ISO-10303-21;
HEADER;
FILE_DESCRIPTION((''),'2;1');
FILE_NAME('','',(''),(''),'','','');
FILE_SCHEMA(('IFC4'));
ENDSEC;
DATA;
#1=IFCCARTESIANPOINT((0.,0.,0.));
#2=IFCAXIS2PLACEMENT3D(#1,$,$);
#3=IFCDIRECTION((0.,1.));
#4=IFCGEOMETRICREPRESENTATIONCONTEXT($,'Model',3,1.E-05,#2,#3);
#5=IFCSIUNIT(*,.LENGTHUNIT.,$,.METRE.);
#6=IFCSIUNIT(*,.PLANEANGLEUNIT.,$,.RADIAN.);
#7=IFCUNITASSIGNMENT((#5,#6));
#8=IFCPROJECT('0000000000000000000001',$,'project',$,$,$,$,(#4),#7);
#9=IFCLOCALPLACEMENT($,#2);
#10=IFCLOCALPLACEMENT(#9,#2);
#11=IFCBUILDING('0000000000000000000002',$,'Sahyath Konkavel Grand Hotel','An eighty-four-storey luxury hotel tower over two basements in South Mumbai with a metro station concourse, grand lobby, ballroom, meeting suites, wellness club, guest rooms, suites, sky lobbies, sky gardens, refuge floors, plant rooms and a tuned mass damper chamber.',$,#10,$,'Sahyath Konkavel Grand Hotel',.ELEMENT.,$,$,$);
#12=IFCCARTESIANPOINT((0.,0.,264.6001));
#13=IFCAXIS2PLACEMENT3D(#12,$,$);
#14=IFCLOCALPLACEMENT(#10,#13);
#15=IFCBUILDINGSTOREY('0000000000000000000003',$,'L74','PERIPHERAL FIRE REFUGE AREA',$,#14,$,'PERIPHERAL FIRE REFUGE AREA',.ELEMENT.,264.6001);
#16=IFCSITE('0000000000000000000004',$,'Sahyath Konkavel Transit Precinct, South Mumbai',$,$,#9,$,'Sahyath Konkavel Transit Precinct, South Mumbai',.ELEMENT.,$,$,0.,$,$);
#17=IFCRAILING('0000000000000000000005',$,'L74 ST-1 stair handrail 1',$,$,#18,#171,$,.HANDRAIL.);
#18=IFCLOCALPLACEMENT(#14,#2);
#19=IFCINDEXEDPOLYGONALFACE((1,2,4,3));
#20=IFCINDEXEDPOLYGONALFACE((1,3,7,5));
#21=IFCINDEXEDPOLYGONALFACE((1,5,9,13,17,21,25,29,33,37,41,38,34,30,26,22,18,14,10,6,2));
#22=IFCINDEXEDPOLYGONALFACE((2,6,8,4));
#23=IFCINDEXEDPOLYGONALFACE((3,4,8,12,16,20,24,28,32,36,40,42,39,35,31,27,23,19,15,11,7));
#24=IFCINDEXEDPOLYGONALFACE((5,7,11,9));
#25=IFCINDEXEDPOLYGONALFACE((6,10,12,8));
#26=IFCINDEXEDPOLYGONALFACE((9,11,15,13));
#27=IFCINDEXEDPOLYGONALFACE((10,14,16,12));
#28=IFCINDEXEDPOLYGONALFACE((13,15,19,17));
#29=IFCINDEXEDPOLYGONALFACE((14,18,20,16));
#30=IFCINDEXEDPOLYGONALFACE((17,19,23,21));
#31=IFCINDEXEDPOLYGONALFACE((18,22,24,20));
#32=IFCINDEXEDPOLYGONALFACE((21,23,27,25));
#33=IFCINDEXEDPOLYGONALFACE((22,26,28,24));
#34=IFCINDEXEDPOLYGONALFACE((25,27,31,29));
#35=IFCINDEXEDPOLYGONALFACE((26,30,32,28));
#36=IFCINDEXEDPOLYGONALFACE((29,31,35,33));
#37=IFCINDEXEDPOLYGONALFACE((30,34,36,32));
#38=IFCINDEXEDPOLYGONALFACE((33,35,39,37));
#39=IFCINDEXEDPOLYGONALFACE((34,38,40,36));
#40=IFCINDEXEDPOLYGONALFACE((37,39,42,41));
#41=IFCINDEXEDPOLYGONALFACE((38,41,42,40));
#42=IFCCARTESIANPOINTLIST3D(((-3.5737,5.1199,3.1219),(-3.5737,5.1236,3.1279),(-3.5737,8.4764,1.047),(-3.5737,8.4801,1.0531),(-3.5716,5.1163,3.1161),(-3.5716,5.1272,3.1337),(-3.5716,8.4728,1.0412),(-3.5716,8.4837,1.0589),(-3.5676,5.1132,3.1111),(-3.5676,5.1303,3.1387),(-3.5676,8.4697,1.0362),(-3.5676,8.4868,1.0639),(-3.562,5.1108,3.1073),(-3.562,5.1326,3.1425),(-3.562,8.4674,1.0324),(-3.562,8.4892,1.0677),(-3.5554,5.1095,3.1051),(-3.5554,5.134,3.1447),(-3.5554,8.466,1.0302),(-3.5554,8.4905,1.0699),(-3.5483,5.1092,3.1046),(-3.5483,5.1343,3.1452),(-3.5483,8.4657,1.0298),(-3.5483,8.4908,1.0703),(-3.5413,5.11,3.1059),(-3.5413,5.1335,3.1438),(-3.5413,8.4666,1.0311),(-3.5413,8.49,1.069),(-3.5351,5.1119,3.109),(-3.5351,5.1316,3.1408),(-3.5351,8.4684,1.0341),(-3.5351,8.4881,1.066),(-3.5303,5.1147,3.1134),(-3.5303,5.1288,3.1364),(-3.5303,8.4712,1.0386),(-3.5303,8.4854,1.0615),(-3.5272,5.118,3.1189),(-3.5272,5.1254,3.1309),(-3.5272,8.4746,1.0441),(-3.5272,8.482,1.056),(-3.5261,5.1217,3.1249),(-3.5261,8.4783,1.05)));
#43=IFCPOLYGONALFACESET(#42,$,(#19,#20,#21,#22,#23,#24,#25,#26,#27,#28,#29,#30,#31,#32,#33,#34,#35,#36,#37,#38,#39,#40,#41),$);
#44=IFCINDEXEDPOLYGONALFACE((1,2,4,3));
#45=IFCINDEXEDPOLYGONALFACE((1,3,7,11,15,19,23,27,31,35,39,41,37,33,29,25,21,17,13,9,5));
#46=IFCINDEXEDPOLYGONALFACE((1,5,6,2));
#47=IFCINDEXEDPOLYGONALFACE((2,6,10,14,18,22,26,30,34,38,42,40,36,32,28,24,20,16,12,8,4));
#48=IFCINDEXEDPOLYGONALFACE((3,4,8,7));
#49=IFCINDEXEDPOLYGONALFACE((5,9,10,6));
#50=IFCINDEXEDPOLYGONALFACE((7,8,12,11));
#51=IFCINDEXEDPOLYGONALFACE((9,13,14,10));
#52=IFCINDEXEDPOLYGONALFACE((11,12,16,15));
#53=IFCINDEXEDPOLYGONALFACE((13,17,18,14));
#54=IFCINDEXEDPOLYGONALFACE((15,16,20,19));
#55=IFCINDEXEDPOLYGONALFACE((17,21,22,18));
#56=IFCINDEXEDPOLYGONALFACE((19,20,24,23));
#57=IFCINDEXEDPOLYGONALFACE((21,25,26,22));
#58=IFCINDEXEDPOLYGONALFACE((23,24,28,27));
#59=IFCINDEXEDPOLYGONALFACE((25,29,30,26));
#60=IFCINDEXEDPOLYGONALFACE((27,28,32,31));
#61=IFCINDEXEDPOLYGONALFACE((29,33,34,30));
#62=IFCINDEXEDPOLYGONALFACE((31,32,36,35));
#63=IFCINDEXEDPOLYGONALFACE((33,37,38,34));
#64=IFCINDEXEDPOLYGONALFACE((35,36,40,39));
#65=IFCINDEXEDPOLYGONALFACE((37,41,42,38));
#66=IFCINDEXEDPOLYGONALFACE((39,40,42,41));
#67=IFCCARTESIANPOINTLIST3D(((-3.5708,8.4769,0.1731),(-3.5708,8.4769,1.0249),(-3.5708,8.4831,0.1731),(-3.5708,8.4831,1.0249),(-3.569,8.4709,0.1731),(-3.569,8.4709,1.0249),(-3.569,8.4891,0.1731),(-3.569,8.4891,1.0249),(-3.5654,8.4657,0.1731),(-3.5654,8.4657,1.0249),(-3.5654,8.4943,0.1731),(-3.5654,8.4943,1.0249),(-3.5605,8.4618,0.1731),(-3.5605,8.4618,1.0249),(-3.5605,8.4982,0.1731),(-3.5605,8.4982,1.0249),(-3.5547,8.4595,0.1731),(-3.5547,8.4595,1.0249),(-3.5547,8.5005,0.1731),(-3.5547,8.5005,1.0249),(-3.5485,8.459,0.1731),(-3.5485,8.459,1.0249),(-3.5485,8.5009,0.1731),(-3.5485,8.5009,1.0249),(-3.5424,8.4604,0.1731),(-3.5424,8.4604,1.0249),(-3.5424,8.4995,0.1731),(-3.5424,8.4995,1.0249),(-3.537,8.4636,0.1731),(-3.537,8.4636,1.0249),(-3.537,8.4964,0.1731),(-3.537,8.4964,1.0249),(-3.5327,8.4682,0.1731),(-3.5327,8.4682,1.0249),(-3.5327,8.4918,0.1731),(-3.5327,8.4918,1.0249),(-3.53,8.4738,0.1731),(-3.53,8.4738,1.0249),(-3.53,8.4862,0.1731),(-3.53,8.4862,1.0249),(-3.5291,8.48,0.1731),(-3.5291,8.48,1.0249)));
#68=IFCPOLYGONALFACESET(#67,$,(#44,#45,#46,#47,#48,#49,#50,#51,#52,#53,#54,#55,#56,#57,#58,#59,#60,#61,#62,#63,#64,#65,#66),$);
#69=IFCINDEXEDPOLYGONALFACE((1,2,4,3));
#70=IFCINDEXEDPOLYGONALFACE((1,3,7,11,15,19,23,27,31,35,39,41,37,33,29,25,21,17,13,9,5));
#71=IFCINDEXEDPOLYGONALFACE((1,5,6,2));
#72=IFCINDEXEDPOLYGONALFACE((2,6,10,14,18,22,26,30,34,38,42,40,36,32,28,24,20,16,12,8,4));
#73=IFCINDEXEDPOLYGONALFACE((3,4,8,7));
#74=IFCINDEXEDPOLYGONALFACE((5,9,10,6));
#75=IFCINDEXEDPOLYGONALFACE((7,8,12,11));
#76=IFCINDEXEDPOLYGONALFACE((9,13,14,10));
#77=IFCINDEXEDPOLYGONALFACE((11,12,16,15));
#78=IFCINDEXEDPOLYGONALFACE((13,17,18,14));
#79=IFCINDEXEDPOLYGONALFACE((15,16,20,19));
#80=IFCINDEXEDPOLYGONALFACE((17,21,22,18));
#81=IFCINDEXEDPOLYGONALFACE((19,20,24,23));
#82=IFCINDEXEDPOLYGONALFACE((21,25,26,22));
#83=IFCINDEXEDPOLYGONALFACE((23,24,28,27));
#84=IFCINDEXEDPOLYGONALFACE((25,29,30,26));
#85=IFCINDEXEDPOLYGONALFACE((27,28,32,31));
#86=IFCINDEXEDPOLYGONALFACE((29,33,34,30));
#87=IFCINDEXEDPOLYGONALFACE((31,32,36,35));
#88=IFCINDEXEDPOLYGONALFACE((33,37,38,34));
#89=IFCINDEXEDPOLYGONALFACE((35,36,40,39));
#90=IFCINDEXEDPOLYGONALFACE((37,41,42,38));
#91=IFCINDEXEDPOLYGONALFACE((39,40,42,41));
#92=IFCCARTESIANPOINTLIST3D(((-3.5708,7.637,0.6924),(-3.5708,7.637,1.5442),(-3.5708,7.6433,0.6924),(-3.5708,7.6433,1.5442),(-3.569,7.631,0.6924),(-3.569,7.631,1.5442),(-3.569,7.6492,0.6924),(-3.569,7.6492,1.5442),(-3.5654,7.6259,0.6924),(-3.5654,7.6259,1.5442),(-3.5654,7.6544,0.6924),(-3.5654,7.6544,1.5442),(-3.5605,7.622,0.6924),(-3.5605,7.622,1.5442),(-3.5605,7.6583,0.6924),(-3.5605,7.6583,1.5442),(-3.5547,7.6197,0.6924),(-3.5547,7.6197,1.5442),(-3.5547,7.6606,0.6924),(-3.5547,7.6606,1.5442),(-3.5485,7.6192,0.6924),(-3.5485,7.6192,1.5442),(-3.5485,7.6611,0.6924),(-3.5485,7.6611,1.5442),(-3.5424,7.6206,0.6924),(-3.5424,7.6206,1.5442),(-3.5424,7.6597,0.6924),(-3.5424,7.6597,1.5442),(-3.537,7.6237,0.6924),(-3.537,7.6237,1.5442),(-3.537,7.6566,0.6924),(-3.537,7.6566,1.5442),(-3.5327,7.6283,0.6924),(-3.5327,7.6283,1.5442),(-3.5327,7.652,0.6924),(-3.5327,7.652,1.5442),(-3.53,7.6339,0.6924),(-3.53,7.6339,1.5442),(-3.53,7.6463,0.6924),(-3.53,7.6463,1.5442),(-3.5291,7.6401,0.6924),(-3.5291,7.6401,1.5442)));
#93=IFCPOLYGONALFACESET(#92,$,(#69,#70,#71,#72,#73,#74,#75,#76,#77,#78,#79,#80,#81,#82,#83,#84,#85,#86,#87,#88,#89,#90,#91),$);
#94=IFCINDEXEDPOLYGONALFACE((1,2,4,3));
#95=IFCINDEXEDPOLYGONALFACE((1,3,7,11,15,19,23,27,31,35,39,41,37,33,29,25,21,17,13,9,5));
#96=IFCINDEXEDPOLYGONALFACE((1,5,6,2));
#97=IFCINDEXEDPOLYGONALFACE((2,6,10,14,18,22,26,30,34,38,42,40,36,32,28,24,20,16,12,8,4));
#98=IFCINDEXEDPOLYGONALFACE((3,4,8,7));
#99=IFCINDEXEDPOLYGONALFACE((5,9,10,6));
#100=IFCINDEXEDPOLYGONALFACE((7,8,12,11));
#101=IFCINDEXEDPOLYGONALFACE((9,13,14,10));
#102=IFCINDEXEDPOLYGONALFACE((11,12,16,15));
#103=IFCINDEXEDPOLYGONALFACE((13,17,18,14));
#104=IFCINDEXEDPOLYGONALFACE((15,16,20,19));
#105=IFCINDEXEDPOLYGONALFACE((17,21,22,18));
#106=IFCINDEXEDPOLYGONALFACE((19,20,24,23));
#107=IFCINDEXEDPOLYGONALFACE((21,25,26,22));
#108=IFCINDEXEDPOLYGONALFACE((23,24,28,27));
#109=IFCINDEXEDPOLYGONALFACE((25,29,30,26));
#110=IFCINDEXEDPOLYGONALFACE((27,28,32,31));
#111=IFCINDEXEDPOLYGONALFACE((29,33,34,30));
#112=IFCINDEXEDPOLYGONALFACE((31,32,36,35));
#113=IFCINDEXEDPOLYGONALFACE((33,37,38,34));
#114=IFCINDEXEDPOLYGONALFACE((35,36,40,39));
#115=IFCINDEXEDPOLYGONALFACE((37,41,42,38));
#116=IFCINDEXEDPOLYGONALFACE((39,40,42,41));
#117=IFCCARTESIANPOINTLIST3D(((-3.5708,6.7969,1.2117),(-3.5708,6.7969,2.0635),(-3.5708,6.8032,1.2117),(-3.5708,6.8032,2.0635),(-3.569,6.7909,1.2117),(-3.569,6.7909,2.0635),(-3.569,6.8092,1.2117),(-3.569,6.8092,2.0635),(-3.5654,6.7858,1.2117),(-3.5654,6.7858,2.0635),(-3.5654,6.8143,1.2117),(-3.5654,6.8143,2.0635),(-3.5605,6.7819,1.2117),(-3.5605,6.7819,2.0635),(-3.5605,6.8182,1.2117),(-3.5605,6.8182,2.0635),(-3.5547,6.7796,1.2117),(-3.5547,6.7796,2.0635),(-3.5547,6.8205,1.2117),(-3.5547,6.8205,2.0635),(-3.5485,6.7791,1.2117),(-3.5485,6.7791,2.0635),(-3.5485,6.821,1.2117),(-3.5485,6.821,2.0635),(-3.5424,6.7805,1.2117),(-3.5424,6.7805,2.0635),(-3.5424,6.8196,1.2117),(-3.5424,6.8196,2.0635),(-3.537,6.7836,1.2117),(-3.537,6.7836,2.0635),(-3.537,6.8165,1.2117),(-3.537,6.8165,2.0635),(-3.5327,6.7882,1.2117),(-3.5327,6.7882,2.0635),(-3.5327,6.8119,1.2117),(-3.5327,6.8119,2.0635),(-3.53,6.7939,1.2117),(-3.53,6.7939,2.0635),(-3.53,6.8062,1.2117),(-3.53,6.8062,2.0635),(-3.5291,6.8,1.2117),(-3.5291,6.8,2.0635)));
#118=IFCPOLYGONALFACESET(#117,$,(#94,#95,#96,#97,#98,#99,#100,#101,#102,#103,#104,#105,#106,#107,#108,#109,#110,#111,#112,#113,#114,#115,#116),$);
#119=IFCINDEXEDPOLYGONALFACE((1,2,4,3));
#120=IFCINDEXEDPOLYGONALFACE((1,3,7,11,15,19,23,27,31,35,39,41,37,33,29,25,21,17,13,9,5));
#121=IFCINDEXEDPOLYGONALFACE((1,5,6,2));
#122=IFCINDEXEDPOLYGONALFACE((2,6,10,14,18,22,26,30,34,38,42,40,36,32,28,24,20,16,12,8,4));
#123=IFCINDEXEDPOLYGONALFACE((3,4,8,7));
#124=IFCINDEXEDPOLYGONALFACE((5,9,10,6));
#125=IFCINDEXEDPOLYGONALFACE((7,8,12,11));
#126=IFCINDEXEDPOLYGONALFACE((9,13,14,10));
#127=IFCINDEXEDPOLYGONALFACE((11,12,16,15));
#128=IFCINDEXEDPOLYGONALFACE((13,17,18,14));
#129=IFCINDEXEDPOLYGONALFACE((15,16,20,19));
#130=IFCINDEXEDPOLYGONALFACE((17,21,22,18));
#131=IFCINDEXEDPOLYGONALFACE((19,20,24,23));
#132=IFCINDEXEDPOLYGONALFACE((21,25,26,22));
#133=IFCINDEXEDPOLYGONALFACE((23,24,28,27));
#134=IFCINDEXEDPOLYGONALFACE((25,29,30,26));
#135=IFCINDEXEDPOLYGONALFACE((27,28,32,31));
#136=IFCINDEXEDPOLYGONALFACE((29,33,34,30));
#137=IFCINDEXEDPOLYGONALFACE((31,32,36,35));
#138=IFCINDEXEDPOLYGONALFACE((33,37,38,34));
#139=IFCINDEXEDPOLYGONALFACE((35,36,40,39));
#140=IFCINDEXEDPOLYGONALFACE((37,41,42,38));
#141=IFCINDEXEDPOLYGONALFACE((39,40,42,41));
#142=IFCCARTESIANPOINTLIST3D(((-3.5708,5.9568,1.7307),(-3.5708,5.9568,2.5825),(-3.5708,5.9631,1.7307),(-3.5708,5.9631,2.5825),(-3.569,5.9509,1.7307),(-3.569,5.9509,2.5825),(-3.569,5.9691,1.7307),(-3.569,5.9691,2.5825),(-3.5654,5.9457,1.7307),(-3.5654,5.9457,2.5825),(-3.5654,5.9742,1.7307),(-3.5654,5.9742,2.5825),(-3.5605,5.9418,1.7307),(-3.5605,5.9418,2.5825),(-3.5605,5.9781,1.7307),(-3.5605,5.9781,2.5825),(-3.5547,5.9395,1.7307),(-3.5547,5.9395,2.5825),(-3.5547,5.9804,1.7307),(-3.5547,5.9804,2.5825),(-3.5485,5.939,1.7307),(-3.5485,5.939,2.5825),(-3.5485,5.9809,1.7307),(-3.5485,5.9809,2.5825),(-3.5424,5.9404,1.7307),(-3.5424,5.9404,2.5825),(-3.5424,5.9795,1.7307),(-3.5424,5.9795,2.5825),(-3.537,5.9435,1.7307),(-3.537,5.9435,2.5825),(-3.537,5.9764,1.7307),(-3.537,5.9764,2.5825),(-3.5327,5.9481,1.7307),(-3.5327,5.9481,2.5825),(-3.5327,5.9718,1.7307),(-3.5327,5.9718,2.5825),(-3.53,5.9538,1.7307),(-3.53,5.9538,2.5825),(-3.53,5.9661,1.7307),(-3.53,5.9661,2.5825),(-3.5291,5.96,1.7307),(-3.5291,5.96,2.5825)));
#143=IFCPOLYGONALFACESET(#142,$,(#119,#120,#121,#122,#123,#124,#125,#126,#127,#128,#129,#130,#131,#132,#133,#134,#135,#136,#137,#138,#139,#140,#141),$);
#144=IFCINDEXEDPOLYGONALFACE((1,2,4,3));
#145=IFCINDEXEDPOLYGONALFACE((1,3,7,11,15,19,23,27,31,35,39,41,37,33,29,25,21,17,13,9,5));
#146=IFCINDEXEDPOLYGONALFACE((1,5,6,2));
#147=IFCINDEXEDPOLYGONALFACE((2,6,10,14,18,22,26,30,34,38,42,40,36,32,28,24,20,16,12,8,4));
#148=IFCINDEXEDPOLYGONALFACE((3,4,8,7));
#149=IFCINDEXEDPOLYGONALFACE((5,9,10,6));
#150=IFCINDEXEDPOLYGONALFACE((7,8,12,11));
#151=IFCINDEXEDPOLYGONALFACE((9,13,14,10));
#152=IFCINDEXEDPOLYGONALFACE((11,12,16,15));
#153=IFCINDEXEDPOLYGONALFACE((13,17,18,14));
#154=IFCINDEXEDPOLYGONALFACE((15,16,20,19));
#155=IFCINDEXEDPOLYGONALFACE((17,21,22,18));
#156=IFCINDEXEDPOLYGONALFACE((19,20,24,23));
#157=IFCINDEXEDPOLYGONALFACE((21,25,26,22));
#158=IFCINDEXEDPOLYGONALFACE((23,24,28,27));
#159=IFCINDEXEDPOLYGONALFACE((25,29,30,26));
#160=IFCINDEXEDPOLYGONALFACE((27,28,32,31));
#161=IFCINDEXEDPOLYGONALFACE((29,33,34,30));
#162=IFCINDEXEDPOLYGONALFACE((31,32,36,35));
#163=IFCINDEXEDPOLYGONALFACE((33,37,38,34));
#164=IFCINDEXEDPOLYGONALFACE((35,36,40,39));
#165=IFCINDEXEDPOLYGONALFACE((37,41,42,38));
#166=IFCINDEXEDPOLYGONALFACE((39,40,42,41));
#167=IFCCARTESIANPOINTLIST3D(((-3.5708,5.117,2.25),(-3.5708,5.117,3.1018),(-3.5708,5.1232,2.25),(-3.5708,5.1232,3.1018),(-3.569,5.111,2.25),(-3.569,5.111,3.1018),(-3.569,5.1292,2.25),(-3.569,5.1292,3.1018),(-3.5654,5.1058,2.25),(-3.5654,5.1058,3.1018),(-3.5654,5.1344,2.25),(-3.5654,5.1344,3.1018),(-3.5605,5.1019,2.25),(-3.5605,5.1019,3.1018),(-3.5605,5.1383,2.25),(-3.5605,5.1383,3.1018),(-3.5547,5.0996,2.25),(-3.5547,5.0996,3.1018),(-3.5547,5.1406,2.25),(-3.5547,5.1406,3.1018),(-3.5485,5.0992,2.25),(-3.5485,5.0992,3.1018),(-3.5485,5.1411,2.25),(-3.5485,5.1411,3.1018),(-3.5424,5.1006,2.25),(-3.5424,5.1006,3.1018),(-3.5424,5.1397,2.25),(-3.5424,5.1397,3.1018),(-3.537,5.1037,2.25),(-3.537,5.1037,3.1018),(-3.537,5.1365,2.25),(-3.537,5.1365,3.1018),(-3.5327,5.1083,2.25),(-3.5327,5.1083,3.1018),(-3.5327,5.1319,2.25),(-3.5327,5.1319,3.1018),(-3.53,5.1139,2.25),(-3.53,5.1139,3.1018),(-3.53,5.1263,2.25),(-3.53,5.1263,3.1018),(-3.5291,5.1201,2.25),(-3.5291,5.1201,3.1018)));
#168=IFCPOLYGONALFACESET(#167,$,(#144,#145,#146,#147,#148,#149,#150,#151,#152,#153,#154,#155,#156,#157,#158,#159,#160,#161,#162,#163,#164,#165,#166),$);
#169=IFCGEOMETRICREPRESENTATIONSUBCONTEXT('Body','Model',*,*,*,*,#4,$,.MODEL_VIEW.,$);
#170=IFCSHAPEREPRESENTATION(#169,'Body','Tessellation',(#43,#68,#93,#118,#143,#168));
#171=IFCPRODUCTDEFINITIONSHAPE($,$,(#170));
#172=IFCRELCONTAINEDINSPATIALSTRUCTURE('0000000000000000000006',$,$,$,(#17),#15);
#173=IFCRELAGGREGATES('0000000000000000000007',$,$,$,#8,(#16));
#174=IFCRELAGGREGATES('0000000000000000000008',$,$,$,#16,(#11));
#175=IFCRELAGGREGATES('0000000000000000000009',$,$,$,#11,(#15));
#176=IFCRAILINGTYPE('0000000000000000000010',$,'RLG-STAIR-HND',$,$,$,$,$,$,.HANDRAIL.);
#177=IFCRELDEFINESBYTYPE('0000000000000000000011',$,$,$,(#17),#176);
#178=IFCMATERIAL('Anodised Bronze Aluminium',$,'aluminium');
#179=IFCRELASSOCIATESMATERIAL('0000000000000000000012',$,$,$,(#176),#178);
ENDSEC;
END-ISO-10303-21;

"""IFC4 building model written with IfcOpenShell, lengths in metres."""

from ifc_helpers import new_model, si_unit, direction, frame, origin, origin_2d, place, context, subcontext, project, spatial, circle, extrude, material, type_object, element, save


model = new_model("IFC4")

# Units and contexts
model_context = context("Model", 3, precision=1e-05, world=origin(), true_north=direction((0.0, 1.0)))
body_context = subcontext(model_context, "Body", "Model", "MODEL_VIEW")
ifc_project = project(units=[si_unit("LENGTHUNIT", "METRE"), si_unit("PLANEANGLEUNIT", "RADIAN")], contexts=[model_context])

# Site, building, storey
site_placement = place(None, origin())
site = spatial("IfcSite", under=ifc_project, at=site_placement, Name="Sahyath Konkavel Transit Precinct, South Mumbai", LongName="Sahyath Konkavel Transit Precinct, South Mumbai", CompositionType="ELEMENT", RefElevation=0.0)
building_placement = place(site_placement, origin())
building = spatial("IfcBuilding", under=site, at=building_placement, Name="Sahyath Konkavel Grand Hotel", Description="An eighty-four-storey luxury hotel tower over two basements in South Mumbai with a metro station concourse, grand lobby, ballroom, meeting suites, wellness club, guest rooms, suites, sky lobbies, sky gardens, refuge floors, plant rooms and a tuned mass damper chamber.", LongName="Sahyath Konkavel Grand Hotel", CompositionType="ELEMENT")
storey_placement = place(building_placement, frame((0.0, 0.0, 264.6001)))
storey = spatial("IfcBuildingStorey", under=building, at=storey_placement, Name="L74", Description="PERIPHERAL FIRE REFUGE AREA", LongName="PERIPHERAL FIRE REFUGE AREA", CompositionType="ELEMENT", Elevation=264.6001)

# Railing
ifc_material_1 = material(Name="Anodised Bronze Aluminium", Category="aluminium")
railing_type_1 = type_object("IfcRailingType", Name="RLG-STAIR-HND", PredefinedType="HANDRAIL", material=ifc_material_1)
railing_1_placement = place(storey_placement, frame((-3.55, 8.48, 0.1731)))
element("IfcRailing", 1, at=railing_1_placement, inside=storey, type_object=railing_type_1, Name="L74 ST-1 stair handrail 1", PredefinedType="HANDRAIL", context=body_context, shape_type="SweptSolid", body=[
    extrude(circle(Radius=0.0239, at=origin_2d()), frame((0.0, -0.0017, 0.877), z_axis=(0.0, -0.850606, 0.525803), x_axis=(1.0, 0.0, 0.0)), (0.0, 0.0, 1.0), 3.946),
    extrude(circle(Radius=0.021, at=origin_2d()), origin(), (0.0, 0.0, 1.0), 0.8518),
    extrude(circle(Radius=0.021, at=origin_2d()), frame((0.0, -0.8398, 0.5193)), (0.0, 0.0, 1.0), 0.8518),
    extrude(circle(Radius=0.021, at=origin_2d()), frame((0.0, -1.6799, 1.0386)), (0.0, 0.0, 1.0), 0.8518),
    extrude(circle(Radius=0.021, at=origin_2d()), frame((0.0, -2.52, 1.5576)), (0.0, 0.0, 1.0), 0.8518),
    extrude(circle(Radius=0.021, at=origin_2d()), frame((0.0, -3.3599, 2.0769)), (0.0, 0.0, 1.0), 0.8518),
])

save(model, "model.ifc")
